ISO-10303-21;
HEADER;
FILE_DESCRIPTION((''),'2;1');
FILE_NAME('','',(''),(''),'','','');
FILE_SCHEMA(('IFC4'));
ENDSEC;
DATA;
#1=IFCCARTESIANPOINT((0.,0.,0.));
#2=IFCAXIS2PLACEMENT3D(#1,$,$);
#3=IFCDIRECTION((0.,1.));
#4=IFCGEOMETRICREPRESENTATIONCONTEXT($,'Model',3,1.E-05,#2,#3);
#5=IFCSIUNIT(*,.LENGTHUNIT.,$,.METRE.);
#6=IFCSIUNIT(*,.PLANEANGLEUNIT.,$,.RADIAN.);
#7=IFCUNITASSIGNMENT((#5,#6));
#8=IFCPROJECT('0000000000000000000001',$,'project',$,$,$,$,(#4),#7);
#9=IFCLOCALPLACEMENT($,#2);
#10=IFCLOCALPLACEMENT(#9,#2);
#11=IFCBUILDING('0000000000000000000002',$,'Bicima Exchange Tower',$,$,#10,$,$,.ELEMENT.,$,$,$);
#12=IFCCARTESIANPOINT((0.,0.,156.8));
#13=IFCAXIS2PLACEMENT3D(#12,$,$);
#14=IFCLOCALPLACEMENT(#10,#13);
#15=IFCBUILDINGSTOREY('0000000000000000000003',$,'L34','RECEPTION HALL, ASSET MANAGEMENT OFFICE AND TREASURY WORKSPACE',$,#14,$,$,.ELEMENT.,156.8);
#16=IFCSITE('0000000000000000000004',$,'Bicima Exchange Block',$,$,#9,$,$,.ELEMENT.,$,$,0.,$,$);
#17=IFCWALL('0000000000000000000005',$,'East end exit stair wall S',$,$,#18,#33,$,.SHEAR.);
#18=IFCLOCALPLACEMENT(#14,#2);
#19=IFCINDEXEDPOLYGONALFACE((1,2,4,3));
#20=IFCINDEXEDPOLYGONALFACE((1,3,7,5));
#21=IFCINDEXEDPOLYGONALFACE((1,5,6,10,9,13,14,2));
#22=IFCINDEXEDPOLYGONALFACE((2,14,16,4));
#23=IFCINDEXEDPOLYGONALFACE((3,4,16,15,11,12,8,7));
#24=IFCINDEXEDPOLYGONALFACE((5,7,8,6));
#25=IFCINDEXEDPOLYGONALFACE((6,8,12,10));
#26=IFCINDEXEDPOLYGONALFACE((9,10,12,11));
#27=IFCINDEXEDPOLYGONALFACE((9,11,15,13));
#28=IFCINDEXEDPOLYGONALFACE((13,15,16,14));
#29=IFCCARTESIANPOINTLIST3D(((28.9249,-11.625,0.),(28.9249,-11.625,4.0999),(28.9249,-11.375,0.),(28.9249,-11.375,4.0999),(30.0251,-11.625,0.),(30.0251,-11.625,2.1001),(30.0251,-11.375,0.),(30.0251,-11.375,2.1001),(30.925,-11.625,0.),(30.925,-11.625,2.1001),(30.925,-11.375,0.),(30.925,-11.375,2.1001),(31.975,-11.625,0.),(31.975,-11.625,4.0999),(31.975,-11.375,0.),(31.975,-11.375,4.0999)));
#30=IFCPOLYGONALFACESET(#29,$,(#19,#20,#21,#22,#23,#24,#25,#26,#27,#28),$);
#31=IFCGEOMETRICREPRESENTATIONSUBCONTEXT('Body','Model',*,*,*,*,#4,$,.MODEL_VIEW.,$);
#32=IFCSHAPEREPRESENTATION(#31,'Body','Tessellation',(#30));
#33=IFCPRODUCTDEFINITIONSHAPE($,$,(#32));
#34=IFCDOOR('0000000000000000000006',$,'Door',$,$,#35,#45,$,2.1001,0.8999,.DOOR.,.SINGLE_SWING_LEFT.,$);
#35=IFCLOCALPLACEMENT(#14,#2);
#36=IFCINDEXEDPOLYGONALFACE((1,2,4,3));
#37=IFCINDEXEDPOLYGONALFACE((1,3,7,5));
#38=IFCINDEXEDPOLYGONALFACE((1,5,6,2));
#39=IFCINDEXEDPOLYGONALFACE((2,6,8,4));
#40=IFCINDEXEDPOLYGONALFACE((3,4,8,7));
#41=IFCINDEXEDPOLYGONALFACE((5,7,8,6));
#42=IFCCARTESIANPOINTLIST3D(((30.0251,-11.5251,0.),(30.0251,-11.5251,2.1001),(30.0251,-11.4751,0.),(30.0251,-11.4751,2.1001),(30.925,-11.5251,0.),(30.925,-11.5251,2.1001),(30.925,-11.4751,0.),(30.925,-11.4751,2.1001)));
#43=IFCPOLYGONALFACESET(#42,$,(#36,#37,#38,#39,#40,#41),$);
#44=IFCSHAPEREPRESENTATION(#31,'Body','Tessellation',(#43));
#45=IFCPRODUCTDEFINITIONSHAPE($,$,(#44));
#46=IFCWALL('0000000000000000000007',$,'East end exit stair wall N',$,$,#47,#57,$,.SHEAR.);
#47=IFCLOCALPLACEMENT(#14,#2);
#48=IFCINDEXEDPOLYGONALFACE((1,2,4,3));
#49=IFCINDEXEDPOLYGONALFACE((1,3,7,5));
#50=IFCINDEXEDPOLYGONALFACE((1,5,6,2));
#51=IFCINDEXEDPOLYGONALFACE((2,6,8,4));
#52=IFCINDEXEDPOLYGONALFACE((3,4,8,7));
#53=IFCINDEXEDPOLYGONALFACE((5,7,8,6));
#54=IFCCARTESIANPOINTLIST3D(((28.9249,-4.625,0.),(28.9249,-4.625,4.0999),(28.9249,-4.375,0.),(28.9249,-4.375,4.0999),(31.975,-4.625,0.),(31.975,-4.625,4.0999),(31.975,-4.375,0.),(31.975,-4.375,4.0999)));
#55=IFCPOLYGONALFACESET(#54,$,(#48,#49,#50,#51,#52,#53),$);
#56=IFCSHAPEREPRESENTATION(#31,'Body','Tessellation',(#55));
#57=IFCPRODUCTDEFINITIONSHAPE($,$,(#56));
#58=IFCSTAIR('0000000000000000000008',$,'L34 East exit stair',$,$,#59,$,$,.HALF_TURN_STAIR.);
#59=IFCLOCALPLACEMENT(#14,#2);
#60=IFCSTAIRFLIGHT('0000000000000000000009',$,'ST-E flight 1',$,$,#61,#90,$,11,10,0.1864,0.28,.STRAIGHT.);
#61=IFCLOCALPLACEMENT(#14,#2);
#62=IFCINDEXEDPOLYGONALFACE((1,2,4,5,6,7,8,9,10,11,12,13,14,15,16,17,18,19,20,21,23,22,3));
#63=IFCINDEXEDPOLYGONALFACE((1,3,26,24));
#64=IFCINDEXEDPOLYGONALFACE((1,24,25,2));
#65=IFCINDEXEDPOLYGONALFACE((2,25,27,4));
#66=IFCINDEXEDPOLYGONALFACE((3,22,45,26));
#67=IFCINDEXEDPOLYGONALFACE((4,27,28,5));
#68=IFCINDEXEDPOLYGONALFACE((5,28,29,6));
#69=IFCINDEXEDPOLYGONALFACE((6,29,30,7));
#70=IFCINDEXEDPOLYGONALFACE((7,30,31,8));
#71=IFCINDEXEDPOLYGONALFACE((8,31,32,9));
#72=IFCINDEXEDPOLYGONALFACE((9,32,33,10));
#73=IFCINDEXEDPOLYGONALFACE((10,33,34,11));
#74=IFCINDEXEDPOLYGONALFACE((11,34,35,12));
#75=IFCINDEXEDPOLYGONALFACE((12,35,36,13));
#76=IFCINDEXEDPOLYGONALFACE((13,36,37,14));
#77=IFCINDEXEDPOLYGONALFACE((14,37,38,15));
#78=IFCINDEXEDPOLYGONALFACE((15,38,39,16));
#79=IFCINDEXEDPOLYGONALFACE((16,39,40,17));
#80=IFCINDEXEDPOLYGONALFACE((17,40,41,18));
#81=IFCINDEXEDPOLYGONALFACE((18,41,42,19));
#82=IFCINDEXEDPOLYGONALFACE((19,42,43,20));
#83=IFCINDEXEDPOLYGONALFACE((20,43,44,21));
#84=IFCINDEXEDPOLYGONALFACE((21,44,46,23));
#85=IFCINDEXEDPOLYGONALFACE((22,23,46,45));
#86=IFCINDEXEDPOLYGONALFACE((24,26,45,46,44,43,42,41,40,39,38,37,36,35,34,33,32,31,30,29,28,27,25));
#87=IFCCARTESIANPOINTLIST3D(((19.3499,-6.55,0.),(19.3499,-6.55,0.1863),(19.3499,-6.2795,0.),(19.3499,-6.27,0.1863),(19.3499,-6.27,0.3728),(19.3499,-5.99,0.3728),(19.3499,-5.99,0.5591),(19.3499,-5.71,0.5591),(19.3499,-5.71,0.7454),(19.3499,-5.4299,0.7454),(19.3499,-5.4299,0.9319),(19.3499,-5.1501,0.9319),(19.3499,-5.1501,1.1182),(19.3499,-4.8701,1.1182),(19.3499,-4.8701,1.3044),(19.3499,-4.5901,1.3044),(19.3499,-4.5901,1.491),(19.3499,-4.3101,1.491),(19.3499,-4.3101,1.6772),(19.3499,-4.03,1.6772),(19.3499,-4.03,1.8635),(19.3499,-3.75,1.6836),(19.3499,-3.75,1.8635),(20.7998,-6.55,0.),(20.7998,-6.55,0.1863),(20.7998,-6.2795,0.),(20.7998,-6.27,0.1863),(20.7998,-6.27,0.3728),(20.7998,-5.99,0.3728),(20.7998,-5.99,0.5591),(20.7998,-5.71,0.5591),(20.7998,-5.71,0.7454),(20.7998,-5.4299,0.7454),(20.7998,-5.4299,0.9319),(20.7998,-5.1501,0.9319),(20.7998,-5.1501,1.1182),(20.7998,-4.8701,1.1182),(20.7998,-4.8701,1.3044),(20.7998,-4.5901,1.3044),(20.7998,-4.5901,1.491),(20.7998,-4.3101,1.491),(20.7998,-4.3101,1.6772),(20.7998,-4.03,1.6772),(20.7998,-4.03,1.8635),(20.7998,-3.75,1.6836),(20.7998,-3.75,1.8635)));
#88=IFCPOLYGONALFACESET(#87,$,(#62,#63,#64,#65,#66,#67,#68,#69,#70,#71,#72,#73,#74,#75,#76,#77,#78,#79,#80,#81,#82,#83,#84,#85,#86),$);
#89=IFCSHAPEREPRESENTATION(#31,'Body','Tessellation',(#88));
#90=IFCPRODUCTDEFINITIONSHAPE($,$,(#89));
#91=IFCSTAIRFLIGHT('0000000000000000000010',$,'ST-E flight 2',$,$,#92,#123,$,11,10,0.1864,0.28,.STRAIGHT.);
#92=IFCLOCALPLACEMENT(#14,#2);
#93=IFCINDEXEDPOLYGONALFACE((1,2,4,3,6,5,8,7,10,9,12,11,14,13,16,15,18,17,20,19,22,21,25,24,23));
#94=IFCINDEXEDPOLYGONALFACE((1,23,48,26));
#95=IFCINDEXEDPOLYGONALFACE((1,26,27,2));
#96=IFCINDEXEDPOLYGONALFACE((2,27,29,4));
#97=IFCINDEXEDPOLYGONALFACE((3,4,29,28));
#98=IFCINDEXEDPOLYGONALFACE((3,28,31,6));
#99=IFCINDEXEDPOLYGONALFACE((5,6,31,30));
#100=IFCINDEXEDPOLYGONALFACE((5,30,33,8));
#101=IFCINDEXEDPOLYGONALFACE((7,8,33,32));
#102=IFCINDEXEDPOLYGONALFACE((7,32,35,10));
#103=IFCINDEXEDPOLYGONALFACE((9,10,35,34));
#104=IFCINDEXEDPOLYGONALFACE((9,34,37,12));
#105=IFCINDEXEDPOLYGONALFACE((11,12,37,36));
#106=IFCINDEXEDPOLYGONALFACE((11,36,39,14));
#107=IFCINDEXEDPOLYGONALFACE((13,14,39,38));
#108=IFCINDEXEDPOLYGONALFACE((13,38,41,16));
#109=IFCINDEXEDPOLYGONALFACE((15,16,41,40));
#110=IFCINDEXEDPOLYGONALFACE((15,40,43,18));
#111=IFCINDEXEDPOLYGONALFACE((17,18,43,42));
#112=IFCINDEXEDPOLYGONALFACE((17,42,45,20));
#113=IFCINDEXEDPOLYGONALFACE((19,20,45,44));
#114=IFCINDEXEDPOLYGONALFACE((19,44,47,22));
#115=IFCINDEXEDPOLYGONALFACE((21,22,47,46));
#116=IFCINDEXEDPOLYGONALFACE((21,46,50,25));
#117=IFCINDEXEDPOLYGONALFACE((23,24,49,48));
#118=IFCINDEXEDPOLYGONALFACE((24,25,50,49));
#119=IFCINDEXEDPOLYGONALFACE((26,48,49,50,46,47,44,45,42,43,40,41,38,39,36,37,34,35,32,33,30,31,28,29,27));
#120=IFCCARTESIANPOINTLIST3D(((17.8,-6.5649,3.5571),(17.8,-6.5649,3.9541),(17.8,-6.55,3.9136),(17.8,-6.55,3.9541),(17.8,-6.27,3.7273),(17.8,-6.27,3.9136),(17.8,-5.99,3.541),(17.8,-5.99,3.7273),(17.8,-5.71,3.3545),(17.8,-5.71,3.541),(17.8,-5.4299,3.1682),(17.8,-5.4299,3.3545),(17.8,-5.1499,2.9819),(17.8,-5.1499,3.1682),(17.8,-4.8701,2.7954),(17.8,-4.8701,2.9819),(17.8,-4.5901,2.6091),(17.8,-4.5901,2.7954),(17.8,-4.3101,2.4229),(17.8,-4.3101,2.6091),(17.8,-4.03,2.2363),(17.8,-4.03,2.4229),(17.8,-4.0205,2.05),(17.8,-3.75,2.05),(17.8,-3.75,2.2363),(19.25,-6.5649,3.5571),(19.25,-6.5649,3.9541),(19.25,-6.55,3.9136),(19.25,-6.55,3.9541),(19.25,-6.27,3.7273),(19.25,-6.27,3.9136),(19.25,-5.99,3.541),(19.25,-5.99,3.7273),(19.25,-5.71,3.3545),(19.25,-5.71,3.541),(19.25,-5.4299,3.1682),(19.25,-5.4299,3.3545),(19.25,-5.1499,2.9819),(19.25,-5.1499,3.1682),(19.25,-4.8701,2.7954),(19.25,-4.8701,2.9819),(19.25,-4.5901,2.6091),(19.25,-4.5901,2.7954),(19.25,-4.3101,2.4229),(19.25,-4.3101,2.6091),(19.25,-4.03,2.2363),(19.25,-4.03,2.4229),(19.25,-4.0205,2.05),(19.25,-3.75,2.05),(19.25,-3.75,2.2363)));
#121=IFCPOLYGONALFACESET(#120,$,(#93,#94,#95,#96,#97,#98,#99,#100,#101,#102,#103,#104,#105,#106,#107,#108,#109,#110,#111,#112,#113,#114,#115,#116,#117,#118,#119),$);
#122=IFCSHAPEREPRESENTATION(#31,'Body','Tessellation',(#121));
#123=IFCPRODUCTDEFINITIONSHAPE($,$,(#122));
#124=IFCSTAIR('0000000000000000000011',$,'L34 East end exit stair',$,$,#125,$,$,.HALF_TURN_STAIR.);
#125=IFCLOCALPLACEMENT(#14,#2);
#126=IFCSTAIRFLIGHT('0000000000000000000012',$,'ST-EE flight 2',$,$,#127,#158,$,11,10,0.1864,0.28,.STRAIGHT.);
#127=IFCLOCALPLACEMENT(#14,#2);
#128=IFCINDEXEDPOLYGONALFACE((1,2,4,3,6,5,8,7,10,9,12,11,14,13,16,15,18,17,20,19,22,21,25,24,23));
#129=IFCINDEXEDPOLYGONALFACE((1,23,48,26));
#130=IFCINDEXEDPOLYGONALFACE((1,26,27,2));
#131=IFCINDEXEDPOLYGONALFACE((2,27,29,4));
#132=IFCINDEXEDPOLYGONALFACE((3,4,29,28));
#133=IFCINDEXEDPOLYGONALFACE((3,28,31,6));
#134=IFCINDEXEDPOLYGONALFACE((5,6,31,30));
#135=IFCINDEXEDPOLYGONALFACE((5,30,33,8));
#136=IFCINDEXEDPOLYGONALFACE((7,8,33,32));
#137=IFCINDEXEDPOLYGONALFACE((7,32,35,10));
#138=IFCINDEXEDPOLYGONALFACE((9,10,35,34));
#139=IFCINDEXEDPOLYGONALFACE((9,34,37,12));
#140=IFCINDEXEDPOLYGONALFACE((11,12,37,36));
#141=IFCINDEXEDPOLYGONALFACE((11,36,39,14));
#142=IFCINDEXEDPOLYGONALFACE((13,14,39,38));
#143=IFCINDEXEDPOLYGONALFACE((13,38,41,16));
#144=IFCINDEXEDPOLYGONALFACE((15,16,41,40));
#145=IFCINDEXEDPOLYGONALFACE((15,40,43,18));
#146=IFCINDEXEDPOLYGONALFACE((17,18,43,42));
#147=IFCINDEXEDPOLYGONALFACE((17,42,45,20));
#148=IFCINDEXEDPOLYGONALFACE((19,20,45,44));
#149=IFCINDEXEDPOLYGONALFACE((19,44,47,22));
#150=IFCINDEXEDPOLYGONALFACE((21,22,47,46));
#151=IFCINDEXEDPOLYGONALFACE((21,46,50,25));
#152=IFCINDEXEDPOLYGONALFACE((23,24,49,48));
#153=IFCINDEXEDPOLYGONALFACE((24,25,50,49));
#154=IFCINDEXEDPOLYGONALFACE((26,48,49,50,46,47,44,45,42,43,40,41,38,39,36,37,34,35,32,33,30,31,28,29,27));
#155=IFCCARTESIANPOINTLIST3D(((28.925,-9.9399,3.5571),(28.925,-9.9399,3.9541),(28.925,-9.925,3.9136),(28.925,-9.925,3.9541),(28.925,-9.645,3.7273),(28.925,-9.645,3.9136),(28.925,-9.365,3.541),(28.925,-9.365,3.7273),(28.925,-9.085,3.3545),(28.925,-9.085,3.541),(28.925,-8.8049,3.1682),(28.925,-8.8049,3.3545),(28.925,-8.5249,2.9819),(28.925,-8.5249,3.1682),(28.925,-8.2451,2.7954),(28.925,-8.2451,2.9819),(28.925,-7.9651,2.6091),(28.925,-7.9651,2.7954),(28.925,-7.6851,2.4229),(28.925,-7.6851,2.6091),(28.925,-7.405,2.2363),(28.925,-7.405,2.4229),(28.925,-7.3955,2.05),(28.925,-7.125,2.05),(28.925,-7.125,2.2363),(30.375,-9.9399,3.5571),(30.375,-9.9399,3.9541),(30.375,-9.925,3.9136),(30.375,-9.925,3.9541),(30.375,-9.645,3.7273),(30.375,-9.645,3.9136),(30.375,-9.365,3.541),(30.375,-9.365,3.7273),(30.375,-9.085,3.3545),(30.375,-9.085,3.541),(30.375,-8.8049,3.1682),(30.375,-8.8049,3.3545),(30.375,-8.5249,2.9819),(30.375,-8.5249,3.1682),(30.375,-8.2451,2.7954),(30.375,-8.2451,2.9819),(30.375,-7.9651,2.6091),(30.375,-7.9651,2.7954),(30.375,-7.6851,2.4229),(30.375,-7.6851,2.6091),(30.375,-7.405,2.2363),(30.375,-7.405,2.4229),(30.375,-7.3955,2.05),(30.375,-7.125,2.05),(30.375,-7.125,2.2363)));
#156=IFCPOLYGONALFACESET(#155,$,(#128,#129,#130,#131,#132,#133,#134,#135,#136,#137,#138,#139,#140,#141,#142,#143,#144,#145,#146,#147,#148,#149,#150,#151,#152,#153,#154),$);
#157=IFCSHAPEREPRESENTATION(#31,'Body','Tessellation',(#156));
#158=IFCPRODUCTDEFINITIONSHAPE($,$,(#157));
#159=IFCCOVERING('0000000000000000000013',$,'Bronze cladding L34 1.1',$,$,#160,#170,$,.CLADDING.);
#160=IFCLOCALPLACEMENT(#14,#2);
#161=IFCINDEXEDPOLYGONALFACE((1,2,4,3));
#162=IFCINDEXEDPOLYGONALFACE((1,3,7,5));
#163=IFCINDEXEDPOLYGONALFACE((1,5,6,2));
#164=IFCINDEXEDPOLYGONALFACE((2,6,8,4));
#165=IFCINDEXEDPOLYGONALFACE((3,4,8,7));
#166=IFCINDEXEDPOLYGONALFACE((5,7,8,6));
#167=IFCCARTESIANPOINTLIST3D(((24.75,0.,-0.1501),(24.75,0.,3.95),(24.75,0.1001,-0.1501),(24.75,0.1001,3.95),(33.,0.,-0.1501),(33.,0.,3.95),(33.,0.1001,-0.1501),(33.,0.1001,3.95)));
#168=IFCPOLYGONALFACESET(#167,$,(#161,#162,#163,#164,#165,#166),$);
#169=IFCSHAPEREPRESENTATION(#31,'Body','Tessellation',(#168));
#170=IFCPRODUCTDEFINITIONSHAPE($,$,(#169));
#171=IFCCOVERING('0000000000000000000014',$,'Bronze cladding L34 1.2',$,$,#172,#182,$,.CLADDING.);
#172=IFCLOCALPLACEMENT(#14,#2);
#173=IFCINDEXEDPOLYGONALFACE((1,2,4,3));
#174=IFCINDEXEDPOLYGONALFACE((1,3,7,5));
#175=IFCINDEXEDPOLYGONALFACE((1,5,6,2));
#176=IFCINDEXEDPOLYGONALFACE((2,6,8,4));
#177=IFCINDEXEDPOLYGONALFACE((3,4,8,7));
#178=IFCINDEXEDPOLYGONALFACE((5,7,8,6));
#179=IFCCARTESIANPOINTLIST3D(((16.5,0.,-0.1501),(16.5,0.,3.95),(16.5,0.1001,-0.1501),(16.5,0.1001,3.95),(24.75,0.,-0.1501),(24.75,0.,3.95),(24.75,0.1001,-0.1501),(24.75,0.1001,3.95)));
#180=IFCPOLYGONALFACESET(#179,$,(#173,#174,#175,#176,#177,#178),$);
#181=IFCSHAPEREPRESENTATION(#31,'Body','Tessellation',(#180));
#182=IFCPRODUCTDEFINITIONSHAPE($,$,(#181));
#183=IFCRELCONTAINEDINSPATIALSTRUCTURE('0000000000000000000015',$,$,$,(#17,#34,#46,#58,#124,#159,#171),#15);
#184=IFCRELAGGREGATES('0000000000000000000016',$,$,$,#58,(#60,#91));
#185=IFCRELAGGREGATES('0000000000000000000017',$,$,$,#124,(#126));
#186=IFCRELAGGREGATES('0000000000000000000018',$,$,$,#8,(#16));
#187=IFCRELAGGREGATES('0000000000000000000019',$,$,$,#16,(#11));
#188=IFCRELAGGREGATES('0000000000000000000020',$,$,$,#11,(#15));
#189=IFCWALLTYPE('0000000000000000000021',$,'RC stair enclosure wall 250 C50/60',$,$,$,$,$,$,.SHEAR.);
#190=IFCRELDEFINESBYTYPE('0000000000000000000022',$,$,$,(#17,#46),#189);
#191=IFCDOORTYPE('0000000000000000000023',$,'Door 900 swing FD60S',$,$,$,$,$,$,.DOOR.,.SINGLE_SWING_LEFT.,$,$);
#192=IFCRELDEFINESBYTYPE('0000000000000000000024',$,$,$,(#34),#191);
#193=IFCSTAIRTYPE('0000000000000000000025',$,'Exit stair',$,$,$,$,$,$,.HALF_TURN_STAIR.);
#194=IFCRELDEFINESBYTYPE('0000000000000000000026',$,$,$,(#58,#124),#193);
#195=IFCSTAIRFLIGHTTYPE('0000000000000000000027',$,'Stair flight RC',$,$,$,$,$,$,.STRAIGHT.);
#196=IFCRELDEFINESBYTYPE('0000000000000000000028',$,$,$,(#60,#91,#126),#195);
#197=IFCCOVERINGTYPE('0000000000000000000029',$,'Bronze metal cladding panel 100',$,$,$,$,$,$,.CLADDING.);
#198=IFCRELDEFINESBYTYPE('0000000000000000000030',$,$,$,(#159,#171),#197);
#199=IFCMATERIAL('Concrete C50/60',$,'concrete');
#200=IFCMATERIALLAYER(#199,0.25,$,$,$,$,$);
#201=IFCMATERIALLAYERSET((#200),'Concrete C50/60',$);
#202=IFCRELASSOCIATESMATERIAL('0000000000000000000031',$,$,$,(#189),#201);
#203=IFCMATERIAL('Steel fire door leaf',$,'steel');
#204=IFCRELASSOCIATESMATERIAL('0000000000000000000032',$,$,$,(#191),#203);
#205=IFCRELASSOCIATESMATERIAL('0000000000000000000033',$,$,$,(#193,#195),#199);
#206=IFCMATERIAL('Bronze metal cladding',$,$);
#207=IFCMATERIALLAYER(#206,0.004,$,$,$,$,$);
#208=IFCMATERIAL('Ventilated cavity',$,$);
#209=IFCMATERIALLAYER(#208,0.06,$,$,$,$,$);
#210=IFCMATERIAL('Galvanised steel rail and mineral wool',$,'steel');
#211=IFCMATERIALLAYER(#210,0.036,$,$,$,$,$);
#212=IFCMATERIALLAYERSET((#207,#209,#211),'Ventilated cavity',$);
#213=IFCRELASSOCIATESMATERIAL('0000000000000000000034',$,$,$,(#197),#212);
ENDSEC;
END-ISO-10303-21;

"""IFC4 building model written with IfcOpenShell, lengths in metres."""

from ifc_helpers import new_model, si_unit, direction, frame, frame_2d, origin, origin_2d, place, context, subcontext, project, spatial, polyline, rectangle, outline, extrude, material, layer, layer_set, type_object, element, fill, aggregate, save


model = new_model("IFC4")

# Units and contexts
model_context = context("Model", 3, precision=1e-05, world=origin(), true_north=direction((0.0, 1.0)))
body_context = subcontext(model_context, "Body", "Model", "MODEL_VIEW")
ifc_project = project(units=[si_unit("LENGTHUNIT", "METRE"), si_unit("PLANEANGLEUNIT", "RADIAN")], contexts=[model_context])

# Site, building, storey
site_placement = place(None, origin())
site = spatial("IfcSite", under=ifc_project, at=site_placement, Name="Bicima Exchange Block", CompositionType="ELEMENT", RefElevation=0.0)
building_placement = place(site_placement, origin())
building = spatial("IfcBuilding", under=site, at=building_placement, Name="Bicima Exchange Tower", CompositionType="ELEMENT")
storey_placement = place(building_placement, frame((0.0, 0.0, 156.8)))
storey = spatial("IfcBuildingStorey", under=building, at=storey_placement, Name="L34", Description="RECEPTION HALL, ASSET MANAGEMENT OFFICE AND TREASURY WORKSPACE", CompositionType="ELEMENT", Elevation=156.8)

# Shared definitions
ifc_material_1 = material(Name="Concrete C50/60", Category="concrete")
ifc_layer_1 = layer(ifc_material_1, 0.25)
ifc_layer_set_1 = layer_set([ifc_layer_1], Name="Concrete C50/60")
wall_type_1 = type_object("IfcWallType", Name="RC stair enclosure wall 250 C50/60", PredefinedType="SHEAR", material=ifc_layer_set_1)

# Wall, opening, door
wall_1_placement = place(storey_placement, frame((28.925, -11.5, 0.0), z_axis=(0.0, 0.0, 1.0), x_axis=(1.0, 0.0, 0.0)))
wall_1 = element("IfcWall", 1, at=wall_1_placement, inside=storey, type_object=wall_type_1, Name="East end exit stair wall S", PredefinedType="SHEAR", context=body_context, shape_type="SweptSolid", body=[
    extrude(rectangle(XDim=3.05, YDim=0.25, at=frame_2d((1.5249, 0.0))), origin(), (0.0, 0.0, 1.0), 4.0999),
])
opening_placement = place(wall_1_placement, frame((1.1001, 0.0, 0.0)))
opening = element("IfcOpeningElement", 2, at=opening_placement, cuts=wall_1, PredefinedType="OPENING", context=body_context, shape_type="SweptSolid", body=[
    extrude(rectangle(XDim=0.8999, YDim=2.1001, at=frame_2d((0.45, 1.05))), frame((0.0, 0.137, 0.0), z_axis=(0.0, -1.0, 0.0), x_axis=(1.0, 0.0, 0.0)), (0.0, 0.0, 1.0), 0.2739),
])
ifc_material_2 = material(Name="Steel fire door leaf", Category="steel")
door_type = type_object("IfcDoorType", Name="Door 900 swing FD60S", OperationType="SINGLE_SWING_LEFT", PredefinedType="DOOR", material=ifc_material_2)
door_placement = place(opening_placement, origin())
door = element("IfcDoor", 3, at=door_placement, inside=storey, type_object=door_type, Name="Door", OperationType="SINGLE_SWING_LEFT", OverallHeight=2.1001, OverallWidth=0.8999, PredefinedType="DOOR", context=body_context, shape_type="SweptSolid", body=[
    extrude(rectangle(XDim=0.8999, YDim=2.1001, at=frame_2d((0.45, 1.05))), frame((0.0, 0.0249, 0.0), z_axis=(0.0, -1.0, 0.0), x_axis=(1.0, 0.0, 0.0)), (0.0, 0.0, 1.0), 0.05),
])
fill(opening, door)

# Wall
wall_2_placement = place(storey_placement, frame((28.925, -4.5, 0.0), z_axis=(0.0, 0.0, 1.0), x_axis=(1.0, 0.0, 0.0)))
element("IfcWall", 4, at=wall_2_placement, inside=storey, type_object=wall_type_1, Name="East end exit stair wall N", PredefinedType="SHEAR", context=body_context, shape_type="SweptSolid", body=[
    extrude(rectangle(XDim=3.05, YDim=0.25, at=frame_2d((1.5249, 0.0))), origin(), (0.0, 0.0, 1.0), 4.0999),
])

# Stair, stair flights
stair_type = type_object("IfcStairType", Name="Exit stair", PredefinedType="HALF_TURN_STAIR", material=ifc_material_1)
stair_1_placement = place(storey_placement, origin())
stair_1 = element("IfcStair", 5, at=stair_1_placement, inside=storey, type_object=stair_type, Name="L34 East exit stair", PredefinedType="HALF_TURN_STAIR")
stair_flight_type = type_object("IfcStairFlightType", Name="Stair flight RC", PredefinedType="STRAIGHT", material=ifc_material_1)
stair_flight_1_placement = place(storey_placement, frame((20.075, -6.55, 0.0), z_axis=(0.0, 0.0, 1.0), x_axis=(0.0, 1.0, 0.0)))
stair_flight_1 = element("IfcStairFlight", 6, at=stair_flight_1_placement, type_object=stair_flight_type, Name="ST-E flight 1", NumberOfRisers=11, NumberOfTreads=10, PredefinedType="STRAIGHT", RiserHeight=0.1864, TreadLength=0.28, context=body_context, shape_type="SweptSolid", body=[
    extrude(outline(polyline([(0.0, 0.0), (0.0, 0.1863), (0.28, 0.1863), (0.28, 0.3728), (0.5601, 0.3728), (0.5601, 0.5591), (0.8401, 0.5591), (0.8401, 0.7454), (1.1201, 0.7454), (1.1201, 0.9319), (1.3999, 0.9319), (1.3999, 1.1182), (1.6799, 1.1182), (1.6799, 1.3044), (1.96, 1.3044), (1.96, 1.491), (2.24, 1.491), (2.24, 1.6772), (2.52, 1.6772), (2.52, 1.8635), (2.8, 1.8635), (2.8, 2.05), (2.8, 1.6836), (0.2705, 0.0), (0.0, 0.0)])), frame((0.0, 0.7251, 0.0), z_axis=(0.0, -1.0, 0.0), x_axis=(1.0, 0.0, 0.0)), (0.0, 0.0, 1.0), 1.45),
])
stair_flight_2_placement = place(storey_placement, frame((18.5249, -3.75, 2.05), z_axis=(0.0, 0.0, 1.0), x_axis=(0.0, -1.0, 0.0)))
stair_flight_2 = element("IfcStairFlight", 7, at=stair_flight_2_placement, type_object=stair_flight_type, Name="ST-E flight 2", NumberOfRisers=11, NumberOfTreads=10, PredefinedType="STRAIGHT", RiserHeight=0.1864, TreadLength=0.28, context=body_context, shape_type="SweptSolid", body=[
    extrude(outline(polyline([(0.0, 0.0), (0.0, 0.1863), (0.28, 0.1863), (0.28, 0.3728), (0.5601, 0.3728), (0.5601, 0.5591), (0.8401, 0.5591), (0.8401, 0.7454), (1.1201, 0.7454), (1.1201, 0.9319), (1.3999, 0.9319), (1.3999, 1.1182), (1.6799, 1.1182), (1.6799, 1.3044), (1.96, 1.3044), (1.96, 1.491), (2.24, 1.491), (2.24, 1.6772), (2.52, 1.6772), (2.52, 1.8635), (2.8, 1.8635), (2.8, 1.9041), (2.8149, 1.9041), (2.8149, 1.5071), (0.2705, 0.0), (0.0, 0.0)])), frame((0.0, 0.7251, 0.0), z_axis=(0.0, -1.0, 0.0), x_axis=(1.0, 0.0, 0.0)), (0.0, 0.0, 1.0), 1.45),
])
aggregate(stair_1, [stair_flight_1, stair_flight_2])

# Stair, stair flight
stair_2_placement = place(storey_placement, origin())
stair_2 = element("IfcStair", 8, at=stair_2_placement, inside=storey, type_object=stair_type, Name="L34 East end exit stair", PredefinedType="HALF_TURN_STAIR")
stair_flight_3_placement = place(storey_placement, frame((29.6499, -7.125, 2.05), z_axis=(0.0, 0.0, 1.0), x_axis=(0.0, -1.0, 0.0)))
stair_flight_3 = element("IfcStairFlight", 9, at=stair_flight_3_placement, type_object=stair_flight_type, Name="ST-EE flight 2", NumberOfRisers=11, NumberOfTreads=10, PredefinedType="STRAIGHT", RiserHeight=0.1864, TreadLength=0.28, context=body_context, shape_type="SweptSolid", body=[
    extrude(outline(polyline([(0.0, 0.0), (0.0, 0.1863), (0.28, 0.1863), (0.28, 0.3728), (0.5601, 0.3728), (0.5601, 0.5591), (0.8401, 0.5591), (0.8401, 0.7454), (1.1201, 0.7454), (1.1201, 0.9319), (1.3999, 0.9319), (1.3999, 1.1182), (1.6799, 1.1182), (1.6799, 1.3044), (1.96, 1.3044), (1.96, 1.491), (2.24, 1.491), (2.24, 1.6772), (2.52, 1.6772), (2.52, 1.8635), (2.8, 1.8635), (2.8, 1.9041), (2.8149, 1.9041), (2.8149, 1.5071), (0.2705, 0.0), (0.0, 0.0)])), frame((0.0, 0.7251, 0.0), z_axis=(0.0, -1.0, 0.0), x_axis=(1.0, 0.0, 0.0)), (0.0, 0.0, 1.0), 1.45),
])
aggregate(stair_2, [stair_flight_3])

# Coverings
ifc_material_3 = material(Name="Bronze metal cladding")
ifc_layer_2 = layer(ifc_material_3, 0.004)
ifc_material_4 = material(Name="Ventilated cavity")
ifc_layer_3 = layer(ifc_material_4, 0.06)
ifc_material_5 = material(Name="Galvanised steel rail and mineral wool", Category="steel")
ifc_layer_4 = layer(ifc_material_5, 0.036)
ifc_layer_set_2 = layer_set([ifc_layer_2, ifc_layer_3, ifc_layer_4], Name="Ventilated cavity")
covering_type = type_object("IfcCoveringType", Name="Bronze metal cladding panel 100", PredefinedType="CLADDING", material=ifc_layer_set_2)
for number, where, z_axis, x_axis, name in (
    (10, (28.875, 0.05, -0.1501), (0.0, 0.0, 1.0), (-1.0, 0.0, 0.0), "Bronze cladding L34 1.1"),
    (11, (20.625, 0.05, -0.1501), (0.0, 0.0, 1.0), (-1.0, 0.0, 0.0), "Bronze cladding L34 1.2"),
):
    element("IfcCovering", number, at=place(storey_placement, frame(where, z_axis=z_axis, x_axis=x_axis)), inside=storey, type_object=covering_type, Name=name, PredefinedType="CLADDING", context=body_context, shape_type="SweptSolid", body=[
        extrude(rectangle(XDim=8.25, YDim=0.1001, at=origin_2d()), origin(), (0.0, 0.0, 1.0), 4.1001),
    ])

save(model, "model.ifc")
